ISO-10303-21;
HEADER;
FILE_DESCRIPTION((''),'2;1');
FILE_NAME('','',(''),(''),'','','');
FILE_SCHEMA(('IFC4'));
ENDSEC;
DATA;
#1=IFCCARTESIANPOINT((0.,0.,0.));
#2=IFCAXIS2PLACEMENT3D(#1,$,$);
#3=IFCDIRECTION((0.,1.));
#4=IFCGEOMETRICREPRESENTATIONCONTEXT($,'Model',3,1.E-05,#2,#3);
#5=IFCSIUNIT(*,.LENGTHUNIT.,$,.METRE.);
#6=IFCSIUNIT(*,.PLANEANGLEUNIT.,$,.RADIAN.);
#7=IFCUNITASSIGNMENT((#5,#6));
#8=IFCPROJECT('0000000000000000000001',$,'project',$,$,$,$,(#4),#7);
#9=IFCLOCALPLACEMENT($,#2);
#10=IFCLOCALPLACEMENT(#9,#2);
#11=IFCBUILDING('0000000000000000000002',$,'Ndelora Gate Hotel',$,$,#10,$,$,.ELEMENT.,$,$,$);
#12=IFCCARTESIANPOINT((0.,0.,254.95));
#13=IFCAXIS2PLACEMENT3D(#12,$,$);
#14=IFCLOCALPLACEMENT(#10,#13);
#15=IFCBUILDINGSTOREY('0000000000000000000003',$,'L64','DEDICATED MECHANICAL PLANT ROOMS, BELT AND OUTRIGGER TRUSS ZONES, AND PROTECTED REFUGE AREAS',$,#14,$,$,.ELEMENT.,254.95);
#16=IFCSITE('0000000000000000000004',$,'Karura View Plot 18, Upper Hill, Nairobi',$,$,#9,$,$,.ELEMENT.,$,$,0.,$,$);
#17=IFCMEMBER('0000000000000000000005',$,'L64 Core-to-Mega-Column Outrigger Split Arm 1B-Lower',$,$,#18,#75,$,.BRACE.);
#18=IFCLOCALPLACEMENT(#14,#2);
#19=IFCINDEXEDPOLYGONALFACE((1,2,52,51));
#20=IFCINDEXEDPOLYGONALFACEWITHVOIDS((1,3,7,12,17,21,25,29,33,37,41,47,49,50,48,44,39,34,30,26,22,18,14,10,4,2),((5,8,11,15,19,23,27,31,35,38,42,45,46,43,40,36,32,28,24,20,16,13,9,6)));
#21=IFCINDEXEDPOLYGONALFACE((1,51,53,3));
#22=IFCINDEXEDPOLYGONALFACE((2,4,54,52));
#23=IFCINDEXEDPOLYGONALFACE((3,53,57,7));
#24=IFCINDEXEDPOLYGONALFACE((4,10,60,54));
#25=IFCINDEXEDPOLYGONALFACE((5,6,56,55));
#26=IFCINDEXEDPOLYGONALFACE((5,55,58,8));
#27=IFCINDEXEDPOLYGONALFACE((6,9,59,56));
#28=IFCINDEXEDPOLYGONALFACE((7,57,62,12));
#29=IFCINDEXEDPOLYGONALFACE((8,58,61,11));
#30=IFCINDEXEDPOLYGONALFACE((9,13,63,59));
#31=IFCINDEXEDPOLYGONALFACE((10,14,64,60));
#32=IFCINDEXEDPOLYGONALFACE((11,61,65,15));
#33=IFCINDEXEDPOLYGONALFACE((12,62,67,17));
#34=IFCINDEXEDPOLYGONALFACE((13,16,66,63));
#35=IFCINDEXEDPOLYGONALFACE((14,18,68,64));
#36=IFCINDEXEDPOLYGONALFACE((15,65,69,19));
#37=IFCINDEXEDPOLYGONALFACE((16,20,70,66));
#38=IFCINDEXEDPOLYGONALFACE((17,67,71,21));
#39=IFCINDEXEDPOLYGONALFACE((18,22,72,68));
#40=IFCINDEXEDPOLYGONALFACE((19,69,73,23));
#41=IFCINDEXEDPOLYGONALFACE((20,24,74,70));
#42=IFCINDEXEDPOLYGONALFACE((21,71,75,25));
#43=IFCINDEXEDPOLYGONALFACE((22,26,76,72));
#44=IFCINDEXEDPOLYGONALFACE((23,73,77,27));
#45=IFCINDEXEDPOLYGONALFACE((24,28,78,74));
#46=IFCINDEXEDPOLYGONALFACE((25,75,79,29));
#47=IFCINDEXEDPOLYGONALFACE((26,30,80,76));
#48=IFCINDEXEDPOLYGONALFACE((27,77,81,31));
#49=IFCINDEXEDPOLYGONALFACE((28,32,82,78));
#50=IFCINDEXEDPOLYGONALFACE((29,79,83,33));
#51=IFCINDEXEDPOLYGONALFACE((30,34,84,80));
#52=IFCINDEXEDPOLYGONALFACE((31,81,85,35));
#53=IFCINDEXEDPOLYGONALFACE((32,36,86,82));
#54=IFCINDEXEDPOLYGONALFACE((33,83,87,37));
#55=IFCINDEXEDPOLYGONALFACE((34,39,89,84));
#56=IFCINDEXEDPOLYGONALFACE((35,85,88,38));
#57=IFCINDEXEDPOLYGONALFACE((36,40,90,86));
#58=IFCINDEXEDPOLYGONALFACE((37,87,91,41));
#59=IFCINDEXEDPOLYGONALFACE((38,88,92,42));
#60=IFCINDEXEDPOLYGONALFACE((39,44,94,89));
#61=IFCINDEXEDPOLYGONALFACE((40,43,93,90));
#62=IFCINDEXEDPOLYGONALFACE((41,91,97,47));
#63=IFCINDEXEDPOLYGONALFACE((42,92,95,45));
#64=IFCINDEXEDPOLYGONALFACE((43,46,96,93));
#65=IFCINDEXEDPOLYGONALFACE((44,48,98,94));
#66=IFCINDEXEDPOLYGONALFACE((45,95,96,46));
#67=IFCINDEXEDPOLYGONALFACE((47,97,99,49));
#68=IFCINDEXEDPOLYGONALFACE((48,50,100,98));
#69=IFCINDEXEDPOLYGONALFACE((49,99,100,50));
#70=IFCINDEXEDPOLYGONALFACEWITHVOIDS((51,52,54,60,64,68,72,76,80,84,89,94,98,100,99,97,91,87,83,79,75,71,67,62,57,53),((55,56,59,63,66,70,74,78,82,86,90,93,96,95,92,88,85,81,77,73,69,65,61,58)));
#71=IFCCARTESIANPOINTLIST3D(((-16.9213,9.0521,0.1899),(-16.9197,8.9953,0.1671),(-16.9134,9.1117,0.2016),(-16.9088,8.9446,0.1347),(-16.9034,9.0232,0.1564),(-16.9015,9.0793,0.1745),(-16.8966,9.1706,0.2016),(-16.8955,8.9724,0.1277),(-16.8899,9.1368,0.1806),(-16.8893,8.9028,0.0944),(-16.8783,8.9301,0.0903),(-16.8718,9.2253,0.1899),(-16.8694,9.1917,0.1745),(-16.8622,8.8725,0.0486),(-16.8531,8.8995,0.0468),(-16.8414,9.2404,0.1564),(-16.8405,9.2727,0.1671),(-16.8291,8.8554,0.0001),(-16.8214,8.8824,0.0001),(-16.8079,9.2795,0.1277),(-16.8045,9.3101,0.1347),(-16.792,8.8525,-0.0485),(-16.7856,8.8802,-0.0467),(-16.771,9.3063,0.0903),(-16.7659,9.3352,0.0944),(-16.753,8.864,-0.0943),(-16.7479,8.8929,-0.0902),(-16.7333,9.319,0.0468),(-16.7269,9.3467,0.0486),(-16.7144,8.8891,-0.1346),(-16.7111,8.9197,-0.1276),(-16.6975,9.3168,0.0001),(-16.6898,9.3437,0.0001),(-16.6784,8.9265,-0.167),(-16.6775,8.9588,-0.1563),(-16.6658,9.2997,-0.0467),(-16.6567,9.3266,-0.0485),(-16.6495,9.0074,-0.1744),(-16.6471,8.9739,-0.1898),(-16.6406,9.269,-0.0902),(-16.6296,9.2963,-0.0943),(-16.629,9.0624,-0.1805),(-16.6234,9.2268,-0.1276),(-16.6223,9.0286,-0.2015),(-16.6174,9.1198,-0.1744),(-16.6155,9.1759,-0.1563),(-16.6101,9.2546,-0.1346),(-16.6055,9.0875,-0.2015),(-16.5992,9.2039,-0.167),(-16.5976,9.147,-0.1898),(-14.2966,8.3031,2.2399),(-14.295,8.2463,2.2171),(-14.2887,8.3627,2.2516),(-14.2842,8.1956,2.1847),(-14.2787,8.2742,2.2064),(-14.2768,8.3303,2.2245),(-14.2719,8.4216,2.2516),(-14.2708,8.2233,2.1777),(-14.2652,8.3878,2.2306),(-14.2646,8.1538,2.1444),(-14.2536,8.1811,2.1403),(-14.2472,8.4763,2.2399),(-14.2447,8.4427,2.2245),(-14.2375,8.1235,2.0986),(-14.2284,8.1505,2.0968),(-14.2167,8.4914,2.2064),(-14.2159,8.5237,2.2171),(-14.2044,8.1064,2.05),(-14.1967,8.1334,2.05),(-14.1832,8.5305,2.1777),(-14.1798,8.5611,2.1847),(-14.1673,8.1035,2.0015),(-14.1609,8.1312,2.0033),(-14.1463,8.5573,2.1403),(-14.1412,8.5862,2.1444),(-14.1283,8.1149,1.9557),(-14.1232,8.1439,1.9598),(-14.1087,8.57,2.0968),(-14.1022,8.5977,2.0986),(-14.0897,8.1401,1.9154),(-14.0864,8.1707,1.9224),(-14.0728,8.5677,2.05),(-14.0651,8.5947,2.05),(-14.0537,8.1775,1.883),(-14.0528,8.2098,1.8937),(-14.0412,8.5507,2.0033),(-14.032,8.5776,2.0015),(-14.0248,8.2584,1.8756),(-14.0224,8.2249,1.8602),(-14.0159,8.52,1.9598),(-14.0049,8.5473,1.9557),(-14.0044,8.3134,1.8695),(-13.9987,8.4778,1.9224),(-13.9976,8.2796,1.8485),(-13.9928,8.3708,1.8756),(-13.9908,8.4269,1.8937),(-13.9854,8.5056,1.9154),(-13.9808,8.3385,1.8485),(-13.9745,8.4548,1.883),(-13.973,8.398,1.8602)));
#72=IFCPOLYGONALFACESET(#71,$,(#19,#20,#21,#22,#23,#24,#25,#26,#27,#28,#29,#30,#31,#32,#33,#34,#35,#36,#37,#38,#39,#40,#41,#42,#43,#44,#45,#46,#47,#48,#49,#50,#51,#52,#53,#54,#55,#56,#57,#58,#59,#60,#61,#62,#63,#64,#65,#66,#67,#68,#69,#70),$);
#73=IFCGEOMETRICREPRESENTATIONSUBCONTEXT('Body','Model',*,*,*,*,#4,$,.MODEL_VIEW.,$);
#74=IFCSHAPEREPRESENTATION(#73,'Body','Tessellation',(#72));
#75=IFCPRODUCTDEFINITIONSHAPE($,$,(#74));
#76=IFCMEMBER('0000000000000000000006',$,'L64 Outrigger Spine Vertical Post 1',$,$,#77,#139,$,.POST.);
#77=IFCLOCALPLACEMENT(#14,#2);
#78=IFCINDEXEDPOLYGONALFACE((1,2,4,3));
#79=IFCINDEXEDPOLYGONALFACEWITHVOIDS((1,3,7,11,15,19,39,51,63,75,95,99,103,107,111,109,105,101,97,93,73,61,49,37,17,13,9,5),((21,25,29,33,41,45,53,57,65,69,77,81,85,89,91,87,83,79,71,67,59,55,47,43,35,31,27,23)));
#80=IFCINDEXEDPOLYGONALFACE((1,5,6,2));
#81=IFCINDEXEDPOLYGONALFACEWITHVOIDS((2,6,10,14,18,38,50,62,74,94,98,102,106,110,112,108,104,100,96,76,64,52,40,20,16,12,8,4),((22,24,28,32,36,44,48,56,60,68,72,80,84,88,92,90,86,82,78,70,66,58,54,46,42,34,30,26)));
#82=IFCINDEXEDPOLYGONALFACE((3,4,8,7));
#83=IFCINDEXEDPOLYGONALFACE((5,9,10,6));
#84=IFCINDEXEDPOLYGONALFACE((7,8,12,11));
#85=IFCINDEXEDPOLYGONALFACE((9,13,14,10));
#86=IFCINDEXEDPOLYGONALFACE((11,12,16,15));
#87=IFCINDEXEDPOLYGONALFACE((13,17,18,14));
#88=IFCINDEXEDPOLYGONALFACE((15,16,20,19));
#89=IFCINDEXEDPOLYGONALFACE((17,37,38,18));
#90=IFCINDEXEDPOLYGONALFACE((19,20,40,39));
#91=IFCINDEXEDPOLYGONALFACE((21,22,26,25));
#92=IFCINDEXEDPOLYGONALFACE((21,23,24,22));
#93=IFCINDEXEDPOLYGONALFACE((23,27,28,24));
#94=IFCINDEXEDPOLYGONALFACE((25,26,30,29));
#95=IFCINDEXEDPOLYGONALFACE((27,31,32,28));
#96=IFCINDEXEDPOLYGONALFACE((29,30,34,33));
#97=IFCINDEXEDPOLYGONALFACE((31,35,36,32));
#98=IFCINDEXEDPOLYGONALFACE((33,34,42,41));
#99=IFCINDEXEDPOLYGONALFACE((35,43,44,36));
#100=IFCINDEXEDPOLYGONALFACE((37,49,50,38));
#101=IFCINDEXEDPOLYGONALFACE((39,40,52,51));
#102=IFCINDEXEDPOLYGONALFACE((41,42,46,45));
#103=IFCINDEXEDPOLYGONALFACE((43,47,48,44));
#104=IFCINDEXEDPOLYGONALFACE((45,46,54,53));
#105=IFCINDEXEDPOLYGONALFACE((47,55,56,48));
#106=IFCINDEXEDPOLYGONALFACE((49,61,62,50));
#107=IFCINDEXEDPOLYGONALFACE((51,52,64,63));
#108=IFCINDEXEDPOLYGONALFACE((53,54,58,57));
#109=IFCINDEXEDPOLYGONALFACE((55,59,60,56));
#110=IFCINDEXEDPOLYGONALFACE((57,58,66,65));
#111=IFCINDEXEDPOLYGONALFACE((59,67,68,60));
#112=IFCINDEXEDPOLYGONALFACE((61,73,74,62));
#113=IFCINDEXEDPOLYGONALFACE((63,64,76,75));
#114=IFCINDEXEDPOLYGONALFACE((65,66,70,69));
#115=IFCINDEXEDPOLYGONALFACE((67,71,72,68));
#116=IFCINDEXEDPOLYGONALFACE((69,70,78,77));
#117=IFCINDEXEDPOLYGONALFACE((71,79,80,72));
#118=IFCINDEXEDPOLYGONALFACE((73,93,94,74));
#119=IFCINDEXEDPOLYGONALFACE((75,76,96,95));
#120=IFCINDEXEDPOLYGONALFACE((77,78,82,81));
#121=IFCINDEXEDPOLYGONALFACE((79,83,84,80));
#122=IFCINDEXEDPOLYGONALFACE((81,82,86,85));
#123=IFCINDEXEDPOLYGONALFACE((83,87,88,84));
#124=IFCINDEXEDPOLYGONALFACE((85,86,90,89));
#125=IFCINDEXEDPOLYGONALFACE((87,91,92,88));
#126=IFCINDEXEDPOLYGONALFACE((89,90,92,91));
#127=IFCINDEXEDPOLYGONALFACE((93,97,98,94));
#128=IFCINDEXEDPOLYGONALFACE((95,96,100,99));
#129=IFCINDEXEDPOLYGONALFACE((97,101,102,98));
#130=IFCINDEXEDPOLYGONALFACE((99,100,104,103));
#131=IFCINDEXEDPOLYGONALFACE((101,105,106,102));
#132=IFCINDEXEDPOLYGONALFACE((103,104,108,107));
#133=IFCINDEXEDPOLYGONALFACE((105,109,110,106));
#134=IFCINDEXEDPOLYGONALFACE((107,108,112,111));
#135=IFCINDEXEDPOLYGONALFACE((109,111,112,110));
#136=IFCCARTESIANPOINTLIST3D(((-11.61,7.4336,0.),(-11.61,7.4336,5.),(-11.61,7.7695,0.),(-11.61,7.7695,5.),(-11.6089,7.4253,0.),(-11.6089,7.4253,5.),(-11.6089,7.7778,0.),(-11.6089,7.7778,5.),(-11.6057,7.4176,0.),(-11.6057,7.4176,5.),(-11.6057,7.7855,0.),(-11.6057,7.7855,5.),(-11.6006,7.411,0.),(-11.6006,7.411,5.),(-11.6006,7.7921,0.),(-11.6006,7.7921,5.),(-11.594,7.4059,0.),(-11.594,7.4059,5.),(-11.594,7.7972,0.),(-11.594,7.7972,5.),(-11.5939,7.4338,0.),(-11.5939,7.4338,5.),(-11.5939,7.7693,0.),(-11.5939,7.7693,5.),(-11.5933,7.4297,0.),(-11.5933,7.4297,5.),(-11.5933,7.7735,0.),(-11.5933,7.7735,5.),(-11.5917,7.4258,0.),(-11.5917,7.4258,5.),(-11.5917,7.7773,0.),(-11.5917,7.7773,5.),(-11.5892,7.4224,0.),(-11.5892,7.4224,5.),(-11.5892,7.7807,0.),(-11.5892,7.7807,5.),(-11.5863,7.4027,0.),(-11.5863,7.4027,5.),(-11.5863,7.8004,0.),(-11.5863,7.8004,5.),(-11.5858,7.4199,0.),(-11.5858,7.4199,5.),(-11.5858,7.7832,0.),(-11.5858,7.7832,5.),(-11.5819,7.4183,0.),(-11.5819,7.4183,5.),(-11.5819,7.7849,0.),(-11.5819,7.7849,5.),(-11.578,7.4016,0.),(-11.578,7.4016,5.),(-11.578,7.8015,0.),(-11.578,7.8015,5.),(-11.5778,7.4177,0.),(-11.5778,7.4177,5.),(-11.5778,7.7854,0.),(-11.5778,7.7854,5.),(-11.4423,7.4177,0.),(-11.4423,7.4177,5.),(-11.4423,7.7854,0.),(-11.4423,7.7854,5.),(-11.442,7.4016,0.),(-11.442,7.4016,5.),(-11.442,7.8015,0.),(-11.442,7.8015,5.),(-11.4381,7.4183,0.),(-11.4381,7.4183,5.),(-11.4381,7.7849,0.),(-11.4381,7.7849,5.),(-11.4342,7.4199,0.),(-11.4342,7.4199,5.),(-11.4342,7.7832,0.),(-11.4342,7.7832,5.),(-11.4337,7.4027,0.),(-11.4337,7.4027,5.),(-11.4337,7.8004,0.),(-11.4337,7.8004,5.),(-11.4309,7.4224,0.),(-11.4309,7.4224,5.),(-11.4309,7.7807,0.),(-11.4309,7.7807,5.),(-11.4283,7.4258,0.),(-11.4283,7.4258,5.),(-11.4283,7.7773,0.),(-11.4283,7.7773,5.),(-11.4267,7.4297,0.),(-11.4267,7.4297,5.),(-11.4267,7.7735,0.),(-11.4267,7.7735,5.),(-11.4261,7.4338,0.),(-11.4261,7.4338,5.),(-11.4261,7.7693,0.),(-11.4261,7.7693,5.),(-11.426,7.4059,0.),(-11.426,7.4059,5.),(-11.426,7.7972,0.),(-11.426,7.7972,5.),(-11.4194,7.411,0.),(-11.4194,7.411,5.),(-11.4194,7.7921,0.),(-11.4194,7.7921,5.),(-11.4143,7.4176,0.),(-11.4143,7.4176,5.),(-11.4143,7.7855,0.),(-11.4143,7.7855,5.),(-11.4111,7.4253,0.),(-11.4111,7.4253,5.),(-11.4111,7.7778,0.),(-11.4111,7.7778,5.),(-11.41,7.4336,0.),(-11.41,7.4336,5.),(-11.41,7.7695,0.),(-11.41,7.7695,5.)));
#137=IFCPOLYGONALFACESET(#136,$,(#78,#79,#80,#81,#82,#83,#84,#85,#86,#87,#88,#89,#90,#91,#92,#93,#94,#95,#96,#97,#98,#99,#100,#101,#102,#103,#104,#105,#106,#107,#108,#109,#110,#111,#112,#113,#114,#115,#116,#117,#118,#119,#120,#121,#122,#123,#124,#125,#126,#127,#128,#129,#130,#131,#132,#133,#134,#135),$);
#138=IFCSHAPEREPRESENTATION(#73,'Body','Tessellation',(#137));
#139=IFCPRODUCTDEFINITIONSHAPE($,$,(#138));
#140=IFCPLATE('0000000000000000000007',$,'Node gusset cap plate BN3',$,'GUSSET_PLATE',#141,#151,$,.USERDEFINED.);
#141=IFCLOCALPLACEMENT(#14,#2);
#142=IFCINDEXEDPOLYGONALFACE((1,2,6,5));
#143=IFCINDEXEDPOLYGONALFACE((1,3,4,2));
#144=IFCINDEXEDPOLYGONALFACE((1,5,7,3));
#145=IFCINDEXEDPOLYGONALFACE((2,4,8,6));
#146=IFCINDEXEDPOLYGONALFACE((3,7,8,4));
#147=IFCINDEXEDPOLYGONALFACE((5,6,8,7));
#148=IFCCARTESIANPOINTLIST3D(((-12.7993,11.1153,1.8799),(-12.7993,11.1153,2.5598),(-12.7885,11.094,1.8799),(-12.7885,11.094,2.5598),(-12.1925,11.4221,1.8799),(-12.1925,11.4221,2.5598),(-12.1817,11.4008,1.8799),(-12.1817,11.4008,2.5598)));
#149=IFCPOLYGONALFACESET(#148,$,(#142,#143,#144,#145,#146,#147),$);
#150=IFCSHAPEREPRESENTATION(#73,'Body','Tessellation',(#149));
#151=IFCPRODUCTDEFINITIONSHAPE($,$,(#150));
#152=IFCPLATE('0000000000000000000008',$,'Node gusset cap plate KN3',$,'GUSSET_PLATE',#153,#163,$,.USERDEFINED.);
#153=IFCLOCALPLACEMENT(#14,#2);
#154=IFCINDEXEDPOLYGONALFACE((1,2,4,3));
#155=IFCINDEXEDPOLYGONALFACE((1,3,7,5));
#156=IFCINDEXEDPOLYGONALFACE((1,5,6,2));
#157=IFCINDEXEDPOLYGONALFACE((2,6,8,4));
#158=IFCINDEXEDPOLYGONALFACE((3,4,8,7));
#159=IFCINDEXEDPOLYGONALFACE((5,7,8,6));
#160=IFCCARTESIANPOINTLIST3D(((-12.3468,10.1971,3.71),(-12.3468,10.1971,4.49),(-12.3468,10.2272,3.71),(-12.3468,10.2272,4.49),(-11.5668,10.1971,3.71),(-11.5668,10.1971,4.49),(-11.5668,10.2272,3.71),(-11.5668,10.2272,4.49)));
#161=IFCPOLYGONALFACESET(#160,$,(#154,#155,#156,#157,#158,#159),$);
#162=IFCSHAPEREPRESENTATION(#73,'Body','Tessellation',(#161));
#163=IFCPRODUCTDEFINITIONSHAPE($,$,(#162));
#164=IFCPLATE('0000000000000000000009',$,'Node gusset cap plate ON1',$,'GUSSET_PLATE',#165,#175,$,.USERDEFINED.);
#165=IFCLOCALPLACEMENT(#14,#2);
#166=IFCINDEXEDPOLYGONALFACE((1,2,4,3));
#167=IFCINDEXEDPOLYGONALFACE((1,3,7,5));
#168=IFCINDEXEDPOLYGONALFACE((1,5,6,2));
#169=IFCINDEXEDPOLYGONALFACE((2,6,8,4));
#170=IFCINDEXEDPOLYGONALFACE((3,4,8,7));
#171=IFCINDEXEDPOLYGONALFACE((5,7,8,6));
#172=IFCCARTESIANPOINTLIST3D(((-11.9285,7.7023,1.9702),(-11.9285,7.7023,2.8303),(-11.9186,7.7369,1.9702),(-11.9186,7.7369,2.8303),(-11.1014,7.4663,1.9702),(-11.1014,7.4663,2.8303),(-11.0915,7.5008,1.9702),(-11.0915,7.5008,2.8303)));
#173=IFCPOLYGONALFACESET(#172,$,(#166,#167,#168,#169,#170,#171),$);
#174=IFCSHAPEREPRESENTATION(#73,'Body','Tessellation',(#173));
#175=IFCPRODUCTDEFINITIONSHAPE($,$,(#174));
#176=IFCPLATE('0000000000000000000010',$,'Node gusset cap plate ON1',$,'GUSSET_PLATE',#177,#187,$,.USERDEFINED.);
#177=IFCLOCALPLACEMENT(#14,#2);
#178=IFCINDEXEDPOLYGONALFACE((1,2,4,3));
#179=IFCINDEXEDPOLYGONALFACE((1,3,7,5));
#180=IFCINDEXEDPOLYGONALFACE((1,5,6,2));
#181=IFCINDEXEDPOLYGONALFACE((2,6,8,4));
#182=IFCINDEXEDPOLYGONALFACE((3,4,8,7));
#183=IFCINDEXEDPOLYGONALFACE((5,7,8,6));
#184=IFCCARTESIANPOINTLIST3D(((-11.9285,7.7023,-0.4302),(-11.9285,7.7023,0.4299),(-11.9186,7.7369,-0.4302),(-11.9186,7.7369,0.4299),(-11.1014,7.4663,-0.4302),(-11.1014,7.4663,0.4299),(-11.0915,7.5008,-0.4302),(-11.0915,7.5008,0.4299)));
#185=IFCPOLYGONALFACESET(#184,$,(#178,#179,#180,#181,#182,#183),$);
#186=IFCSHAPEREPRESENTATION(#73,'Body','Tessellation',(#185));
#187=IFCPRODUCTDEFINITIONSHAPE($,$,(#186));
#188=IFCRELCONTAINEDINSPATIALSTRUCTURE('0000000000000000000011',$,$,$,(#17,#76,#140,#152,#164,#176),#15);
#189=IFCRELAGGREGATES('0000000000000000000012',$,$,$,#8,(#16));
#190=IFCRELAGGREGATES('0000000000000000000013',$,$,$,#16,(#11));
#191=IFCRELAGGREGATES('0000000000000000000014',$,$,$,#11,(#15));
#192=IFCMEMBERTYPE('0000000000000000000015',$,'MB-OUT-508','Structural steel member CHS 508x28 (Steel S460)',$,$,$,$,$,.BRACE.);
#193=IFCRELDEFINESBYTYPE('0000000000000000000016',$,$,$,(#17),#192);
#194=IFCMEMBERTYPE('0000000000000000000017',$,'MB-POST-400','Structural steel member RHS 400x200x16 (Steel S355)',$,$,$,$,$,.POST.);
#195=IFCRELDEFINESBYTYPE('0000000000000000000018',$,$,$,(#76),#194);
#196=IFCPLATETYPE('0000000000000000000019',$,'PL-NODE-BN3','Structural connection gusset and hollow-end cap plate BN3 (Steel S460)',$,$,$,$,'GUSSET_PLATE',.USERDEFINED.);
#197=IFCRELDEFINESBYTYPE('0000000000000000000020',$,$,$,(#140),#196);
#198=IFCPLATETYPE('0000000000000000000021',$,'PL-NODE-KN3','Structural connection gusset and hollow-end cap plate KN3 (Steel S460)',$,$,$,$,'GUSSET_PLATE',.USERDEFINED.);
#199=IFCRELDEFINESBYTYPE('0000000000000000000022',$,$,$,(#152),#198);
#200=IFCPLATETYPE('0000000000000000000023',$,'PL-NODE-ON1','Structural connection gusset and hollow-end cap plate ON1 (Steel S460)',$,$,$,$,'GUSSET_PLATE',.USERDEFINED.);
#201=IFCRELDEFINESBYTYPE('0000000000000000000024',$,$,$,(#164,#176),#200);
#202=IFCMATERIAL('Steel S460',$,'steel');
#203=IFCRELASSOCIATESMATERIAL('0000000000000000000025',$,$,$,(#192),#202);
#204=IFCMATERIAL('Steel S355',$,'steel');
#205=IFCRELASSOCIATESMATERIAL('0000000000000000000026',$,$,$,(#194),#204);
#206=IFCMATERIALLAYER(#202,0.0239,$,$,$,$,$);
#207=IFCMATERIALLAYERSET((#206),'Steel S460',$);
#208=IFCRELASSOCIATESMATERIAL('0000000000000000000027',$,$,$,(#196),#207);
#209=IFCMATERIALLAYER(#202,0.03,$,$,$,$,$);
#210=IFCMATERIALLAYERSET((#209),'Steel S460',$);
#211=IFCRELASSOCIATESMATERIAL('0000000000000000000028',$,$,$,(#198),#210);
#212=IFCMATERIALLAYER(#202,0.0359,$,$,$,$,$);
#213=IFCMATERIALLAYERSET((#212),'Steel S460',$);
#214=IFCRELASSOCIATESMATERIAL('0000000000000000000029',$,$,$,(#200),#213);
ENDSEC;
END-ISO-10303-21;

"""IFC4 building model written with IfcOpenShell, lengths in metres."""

from ifc_helpers import new_model, si_unit, direction, frame, origin, origin_2d, place, context, subcontext, project, spatial, rectangle, hollow_rectangle, hollow_circle, extrude, material, layer, layer_set, material_profile, profile_set, type_object, element, save


model = new_model("IFC4")

# Units and contexts
model_context = context("Model", 3, precision=1e-05, world=origin(), true_north=direction((0.0, 1.0)))
body_context = subcontext(model_context, "Body", "Model", "MODEL_VIEW")
ifc_project = project(units=[si_unit("LENGTHUNIT", "METRE"), si_unit("PLANEANGLEUNIT", "RADIAN")], contexts=[model_context])

# Site, building, storey
site_placement = place(None, origin())
site = spatial("IfcSite", under=ifc_project, at=site_placement, Name="Karura View Plot 18, Upper Hill, Nairobi", CompositionType="ELEMENT", RefElevation=0.0)
building_placement = place(site_placement, origin())
building = spatial("IfcBuilding", under=site, at=building_placement, Name="Ndelora Gate Hotel", CompositionType="ELEMENT")
storey_placement = place(building_placement, frame((0.0, 0.0, 254.95)))
storey = spatial("IfcBuildingStorey", under=building, at=storey_placement, Name="L64", Description="DEDICATED MECHANICAL PLANT ROOMS, BELT AND OUTRIGGER TRUSS ZONES, AND PROTECTED REFUGE AREAS", CompositionType="ELEMENT", Elevation=254.95)

# Shared definitions
ifc_material_1 = material(Name="Steel S460", Category="steel")

# Members
ifc_material_profile_1 = material_profile(ifc_material_1, hollow_circle(Radius=0.2539, WallThickness=0.0281, at=origin_2d()), Name="CHS 508x28")
ifc_profile_set_1 = profile_set([ifc_material_profile_1], Name="Steel S460")
member_type_1 = type_object("IfcMemberType", Name="MB-OUT-508", Description="Structural steel member CHS 508x28 (Steel S460)", PredefinedType="BRACE", material=ifc_profile_set_1)
for number, where, z_axis, x_axis, name in (
    (1, (-14.1348, 8.3506, 2.05), (-0.768898, 0.219419, -0.600543), (-0.274414, -0.961612, 0.0), "L64 Core-to-Mega-Column Outrigger Split Arm 1B-Lower"),
):
    element("IfcMember", number, at=place(storey_placement, frame(where, z_axis=z_axis, x_axis=x_axis)), inside=storey, type_object=member_type_1, Name=name, PredefinedType="BRACE", context=body_context, shape_type="SweptSolid", body=[
        extrude(hollow_circle(Radius=0.2539, WallThickness=0.0281, at=origin_2d()), origin(), (0.0, 0.0, 1.0), 3.4136),
    ])
ifc_material_2 = material(Name="Steel S355", Category="steel")
ifc_material_profile_2 = material_profile(ifc_material_2, hollow_rectangle(XDim=0.2, YDim=0.3999, WallThickness=0.0161, InnerFilletRadius=0.0161, OuterFilletRadius=0.032, at=origin_2d()), Name="RHS 400x200x16")
ifc_profile_set_2 = profile_set([ifc_material_profile_2], Name="Steel S355")
member_type_2 = type_object("IfcMemberType", Name="MB-POST-400", Description="Structural steel member RHS 400x200x16 (Steel S355)", PredefinedType="POST", material=ifc_profile_set_2)
member_1_placement = place(storey_placement, frame((-11.51, 7.6016, 0.0), z_axis=(0.0, 0.0, 1.0), x_axis=(1.0, 0.0, 0.0)))
element("IfcMember", 2, at=member_1_placement, inside=storey, type_object=member_type_2, Name="L64 Outrigger Spine Vertical Post 1", PredefinedType="POST", context=body_context, shape_type="SweptSolid", body=[
    extrude(hollow_rectangle(XDim=0.2, YDim=0.3999, WallThickness=0.0161, InnerFilletRadius=0.0161, OuterFilletRadius=0.032, at=origin_2d()), origin(), (0.0, 0.0, 1.0), 5.0),
])

# Plates
ifc_layer_1 = layer(ifc_material_1, 0.0239)
ifc_layer_set_1 = layer_set([ifc_layer_1], Name="Steel S460")
plate_type_1 = type_object("IfcPlateType", Name="PL-NODE-BN3", Description="Structural connection gusset and hollow-end cap plate BN3 (Steel S460)", ElementType="GUSSET_PLATE", PredefinedType="USERDEFINED", material=ifc_layer_set_1)
plate_1_placement = place(storey_placement, frame((-12.4905, 11.2581, 1.8799), z_axis=(0.0, 0.0, 1.0), x_axis=(0.892428, 0.451189, 0.0)))
element("IfcPlate", 3, at=plate_1_placement, inside=storey, type_object=plate_type_1, Name="Node gusset cap plate BN3", ObjectType="GUSSET_PLATE", PredefinedType="USERDEFINED", context=body_context, shape_type="SweptSolid", body=[
    extrude(rectangle(XDim=0.6799, YDim=0.0239, at=origin_2d()), origin(), (0.0, 0.0, 1.0), 0.6799),
])
ifc_layer_2 = layer(ifc_material_1, 0.03)
ifc_layer_set_2 = layer_set([ifc_layer_2], Name="Steel S460")
plate_type_2 = type_object("IfcPlateType", Name="PL-NODE-KN3", Description="Structural connection gusset and hollow-end cap plate KN3 (Steel S460)", ElementType="GUSSET_PLATE", PredefinedType="USERDEFINED", material=ifc_layer_set_2)
plate_2_placement = place(storey_placement, frame((-11.9568, 10.2122, 3.71), z_axis=(0.0, 0.0, 1.0), x_axis=(1.0, 0.0, 0.0)))
element("IfcPlate", 4, at=plate_2_placement, inside=storey, type_object=plate_type_2, Name="Node gusset cap plate KN3", ObjectType="GUSSET_PLATE", PredefinedType="USERDEFINED", context=body_context, shape_type="SweptSolid", body=[
    extrude(rectangle(XDim=0.78, YDim=0.03, at=origin_2d()), origin(), (0.0, 0.0, 1.0), 0.78),
])
ifc_layer_3 = layer(ifc_material_1, 0.0359)
ifc_layer_set_3 = layer_set([ifc_layer_3], Name="Steel S460")
plate_type_3 = type_object("IfcPlateType", Name="PL-NODE-ON1", Description="Structural connection gusset and hollow-end cap plate ON1 (Steel S460)", ElementType="GUSSET_PLATE", PredefinedType="USERDEFINED", material=ifc_layer_set_3)
for number, where, z_axis, x_axis, name in (
    (5, (-11.51, 7.6016, 1.9702), (0.0, 0.0, 1.0), (-0.961598, 0.274463, 0.0), "Node gusset cap plate ON1"),
    (6, (-11.51, 7.6016, -0.4302), (0.0, 0.0, 1.0), (-0.961598, 0.274463, 0.0), "Node gusset cap plate ON1"),
):
    element("IfcPlate", number, at=place(storey_placement, frame(where, z_axis=z_axis, x_axis=x_axis)), inside=storey, type_object=plate_type_3, Name=name, ObjectType="GUSSET_PLATE", PredefinedType="USERDEFINED", context=body_context, shape_type="SweptSolid", body=[
        extrude(rectangle(XDim=0.8601, YDim=0.0359, at=origin_2d()), origin(), (0.0, 0.0, 1.0), 0.8601),
    ])

save(model, "model.ifc")
